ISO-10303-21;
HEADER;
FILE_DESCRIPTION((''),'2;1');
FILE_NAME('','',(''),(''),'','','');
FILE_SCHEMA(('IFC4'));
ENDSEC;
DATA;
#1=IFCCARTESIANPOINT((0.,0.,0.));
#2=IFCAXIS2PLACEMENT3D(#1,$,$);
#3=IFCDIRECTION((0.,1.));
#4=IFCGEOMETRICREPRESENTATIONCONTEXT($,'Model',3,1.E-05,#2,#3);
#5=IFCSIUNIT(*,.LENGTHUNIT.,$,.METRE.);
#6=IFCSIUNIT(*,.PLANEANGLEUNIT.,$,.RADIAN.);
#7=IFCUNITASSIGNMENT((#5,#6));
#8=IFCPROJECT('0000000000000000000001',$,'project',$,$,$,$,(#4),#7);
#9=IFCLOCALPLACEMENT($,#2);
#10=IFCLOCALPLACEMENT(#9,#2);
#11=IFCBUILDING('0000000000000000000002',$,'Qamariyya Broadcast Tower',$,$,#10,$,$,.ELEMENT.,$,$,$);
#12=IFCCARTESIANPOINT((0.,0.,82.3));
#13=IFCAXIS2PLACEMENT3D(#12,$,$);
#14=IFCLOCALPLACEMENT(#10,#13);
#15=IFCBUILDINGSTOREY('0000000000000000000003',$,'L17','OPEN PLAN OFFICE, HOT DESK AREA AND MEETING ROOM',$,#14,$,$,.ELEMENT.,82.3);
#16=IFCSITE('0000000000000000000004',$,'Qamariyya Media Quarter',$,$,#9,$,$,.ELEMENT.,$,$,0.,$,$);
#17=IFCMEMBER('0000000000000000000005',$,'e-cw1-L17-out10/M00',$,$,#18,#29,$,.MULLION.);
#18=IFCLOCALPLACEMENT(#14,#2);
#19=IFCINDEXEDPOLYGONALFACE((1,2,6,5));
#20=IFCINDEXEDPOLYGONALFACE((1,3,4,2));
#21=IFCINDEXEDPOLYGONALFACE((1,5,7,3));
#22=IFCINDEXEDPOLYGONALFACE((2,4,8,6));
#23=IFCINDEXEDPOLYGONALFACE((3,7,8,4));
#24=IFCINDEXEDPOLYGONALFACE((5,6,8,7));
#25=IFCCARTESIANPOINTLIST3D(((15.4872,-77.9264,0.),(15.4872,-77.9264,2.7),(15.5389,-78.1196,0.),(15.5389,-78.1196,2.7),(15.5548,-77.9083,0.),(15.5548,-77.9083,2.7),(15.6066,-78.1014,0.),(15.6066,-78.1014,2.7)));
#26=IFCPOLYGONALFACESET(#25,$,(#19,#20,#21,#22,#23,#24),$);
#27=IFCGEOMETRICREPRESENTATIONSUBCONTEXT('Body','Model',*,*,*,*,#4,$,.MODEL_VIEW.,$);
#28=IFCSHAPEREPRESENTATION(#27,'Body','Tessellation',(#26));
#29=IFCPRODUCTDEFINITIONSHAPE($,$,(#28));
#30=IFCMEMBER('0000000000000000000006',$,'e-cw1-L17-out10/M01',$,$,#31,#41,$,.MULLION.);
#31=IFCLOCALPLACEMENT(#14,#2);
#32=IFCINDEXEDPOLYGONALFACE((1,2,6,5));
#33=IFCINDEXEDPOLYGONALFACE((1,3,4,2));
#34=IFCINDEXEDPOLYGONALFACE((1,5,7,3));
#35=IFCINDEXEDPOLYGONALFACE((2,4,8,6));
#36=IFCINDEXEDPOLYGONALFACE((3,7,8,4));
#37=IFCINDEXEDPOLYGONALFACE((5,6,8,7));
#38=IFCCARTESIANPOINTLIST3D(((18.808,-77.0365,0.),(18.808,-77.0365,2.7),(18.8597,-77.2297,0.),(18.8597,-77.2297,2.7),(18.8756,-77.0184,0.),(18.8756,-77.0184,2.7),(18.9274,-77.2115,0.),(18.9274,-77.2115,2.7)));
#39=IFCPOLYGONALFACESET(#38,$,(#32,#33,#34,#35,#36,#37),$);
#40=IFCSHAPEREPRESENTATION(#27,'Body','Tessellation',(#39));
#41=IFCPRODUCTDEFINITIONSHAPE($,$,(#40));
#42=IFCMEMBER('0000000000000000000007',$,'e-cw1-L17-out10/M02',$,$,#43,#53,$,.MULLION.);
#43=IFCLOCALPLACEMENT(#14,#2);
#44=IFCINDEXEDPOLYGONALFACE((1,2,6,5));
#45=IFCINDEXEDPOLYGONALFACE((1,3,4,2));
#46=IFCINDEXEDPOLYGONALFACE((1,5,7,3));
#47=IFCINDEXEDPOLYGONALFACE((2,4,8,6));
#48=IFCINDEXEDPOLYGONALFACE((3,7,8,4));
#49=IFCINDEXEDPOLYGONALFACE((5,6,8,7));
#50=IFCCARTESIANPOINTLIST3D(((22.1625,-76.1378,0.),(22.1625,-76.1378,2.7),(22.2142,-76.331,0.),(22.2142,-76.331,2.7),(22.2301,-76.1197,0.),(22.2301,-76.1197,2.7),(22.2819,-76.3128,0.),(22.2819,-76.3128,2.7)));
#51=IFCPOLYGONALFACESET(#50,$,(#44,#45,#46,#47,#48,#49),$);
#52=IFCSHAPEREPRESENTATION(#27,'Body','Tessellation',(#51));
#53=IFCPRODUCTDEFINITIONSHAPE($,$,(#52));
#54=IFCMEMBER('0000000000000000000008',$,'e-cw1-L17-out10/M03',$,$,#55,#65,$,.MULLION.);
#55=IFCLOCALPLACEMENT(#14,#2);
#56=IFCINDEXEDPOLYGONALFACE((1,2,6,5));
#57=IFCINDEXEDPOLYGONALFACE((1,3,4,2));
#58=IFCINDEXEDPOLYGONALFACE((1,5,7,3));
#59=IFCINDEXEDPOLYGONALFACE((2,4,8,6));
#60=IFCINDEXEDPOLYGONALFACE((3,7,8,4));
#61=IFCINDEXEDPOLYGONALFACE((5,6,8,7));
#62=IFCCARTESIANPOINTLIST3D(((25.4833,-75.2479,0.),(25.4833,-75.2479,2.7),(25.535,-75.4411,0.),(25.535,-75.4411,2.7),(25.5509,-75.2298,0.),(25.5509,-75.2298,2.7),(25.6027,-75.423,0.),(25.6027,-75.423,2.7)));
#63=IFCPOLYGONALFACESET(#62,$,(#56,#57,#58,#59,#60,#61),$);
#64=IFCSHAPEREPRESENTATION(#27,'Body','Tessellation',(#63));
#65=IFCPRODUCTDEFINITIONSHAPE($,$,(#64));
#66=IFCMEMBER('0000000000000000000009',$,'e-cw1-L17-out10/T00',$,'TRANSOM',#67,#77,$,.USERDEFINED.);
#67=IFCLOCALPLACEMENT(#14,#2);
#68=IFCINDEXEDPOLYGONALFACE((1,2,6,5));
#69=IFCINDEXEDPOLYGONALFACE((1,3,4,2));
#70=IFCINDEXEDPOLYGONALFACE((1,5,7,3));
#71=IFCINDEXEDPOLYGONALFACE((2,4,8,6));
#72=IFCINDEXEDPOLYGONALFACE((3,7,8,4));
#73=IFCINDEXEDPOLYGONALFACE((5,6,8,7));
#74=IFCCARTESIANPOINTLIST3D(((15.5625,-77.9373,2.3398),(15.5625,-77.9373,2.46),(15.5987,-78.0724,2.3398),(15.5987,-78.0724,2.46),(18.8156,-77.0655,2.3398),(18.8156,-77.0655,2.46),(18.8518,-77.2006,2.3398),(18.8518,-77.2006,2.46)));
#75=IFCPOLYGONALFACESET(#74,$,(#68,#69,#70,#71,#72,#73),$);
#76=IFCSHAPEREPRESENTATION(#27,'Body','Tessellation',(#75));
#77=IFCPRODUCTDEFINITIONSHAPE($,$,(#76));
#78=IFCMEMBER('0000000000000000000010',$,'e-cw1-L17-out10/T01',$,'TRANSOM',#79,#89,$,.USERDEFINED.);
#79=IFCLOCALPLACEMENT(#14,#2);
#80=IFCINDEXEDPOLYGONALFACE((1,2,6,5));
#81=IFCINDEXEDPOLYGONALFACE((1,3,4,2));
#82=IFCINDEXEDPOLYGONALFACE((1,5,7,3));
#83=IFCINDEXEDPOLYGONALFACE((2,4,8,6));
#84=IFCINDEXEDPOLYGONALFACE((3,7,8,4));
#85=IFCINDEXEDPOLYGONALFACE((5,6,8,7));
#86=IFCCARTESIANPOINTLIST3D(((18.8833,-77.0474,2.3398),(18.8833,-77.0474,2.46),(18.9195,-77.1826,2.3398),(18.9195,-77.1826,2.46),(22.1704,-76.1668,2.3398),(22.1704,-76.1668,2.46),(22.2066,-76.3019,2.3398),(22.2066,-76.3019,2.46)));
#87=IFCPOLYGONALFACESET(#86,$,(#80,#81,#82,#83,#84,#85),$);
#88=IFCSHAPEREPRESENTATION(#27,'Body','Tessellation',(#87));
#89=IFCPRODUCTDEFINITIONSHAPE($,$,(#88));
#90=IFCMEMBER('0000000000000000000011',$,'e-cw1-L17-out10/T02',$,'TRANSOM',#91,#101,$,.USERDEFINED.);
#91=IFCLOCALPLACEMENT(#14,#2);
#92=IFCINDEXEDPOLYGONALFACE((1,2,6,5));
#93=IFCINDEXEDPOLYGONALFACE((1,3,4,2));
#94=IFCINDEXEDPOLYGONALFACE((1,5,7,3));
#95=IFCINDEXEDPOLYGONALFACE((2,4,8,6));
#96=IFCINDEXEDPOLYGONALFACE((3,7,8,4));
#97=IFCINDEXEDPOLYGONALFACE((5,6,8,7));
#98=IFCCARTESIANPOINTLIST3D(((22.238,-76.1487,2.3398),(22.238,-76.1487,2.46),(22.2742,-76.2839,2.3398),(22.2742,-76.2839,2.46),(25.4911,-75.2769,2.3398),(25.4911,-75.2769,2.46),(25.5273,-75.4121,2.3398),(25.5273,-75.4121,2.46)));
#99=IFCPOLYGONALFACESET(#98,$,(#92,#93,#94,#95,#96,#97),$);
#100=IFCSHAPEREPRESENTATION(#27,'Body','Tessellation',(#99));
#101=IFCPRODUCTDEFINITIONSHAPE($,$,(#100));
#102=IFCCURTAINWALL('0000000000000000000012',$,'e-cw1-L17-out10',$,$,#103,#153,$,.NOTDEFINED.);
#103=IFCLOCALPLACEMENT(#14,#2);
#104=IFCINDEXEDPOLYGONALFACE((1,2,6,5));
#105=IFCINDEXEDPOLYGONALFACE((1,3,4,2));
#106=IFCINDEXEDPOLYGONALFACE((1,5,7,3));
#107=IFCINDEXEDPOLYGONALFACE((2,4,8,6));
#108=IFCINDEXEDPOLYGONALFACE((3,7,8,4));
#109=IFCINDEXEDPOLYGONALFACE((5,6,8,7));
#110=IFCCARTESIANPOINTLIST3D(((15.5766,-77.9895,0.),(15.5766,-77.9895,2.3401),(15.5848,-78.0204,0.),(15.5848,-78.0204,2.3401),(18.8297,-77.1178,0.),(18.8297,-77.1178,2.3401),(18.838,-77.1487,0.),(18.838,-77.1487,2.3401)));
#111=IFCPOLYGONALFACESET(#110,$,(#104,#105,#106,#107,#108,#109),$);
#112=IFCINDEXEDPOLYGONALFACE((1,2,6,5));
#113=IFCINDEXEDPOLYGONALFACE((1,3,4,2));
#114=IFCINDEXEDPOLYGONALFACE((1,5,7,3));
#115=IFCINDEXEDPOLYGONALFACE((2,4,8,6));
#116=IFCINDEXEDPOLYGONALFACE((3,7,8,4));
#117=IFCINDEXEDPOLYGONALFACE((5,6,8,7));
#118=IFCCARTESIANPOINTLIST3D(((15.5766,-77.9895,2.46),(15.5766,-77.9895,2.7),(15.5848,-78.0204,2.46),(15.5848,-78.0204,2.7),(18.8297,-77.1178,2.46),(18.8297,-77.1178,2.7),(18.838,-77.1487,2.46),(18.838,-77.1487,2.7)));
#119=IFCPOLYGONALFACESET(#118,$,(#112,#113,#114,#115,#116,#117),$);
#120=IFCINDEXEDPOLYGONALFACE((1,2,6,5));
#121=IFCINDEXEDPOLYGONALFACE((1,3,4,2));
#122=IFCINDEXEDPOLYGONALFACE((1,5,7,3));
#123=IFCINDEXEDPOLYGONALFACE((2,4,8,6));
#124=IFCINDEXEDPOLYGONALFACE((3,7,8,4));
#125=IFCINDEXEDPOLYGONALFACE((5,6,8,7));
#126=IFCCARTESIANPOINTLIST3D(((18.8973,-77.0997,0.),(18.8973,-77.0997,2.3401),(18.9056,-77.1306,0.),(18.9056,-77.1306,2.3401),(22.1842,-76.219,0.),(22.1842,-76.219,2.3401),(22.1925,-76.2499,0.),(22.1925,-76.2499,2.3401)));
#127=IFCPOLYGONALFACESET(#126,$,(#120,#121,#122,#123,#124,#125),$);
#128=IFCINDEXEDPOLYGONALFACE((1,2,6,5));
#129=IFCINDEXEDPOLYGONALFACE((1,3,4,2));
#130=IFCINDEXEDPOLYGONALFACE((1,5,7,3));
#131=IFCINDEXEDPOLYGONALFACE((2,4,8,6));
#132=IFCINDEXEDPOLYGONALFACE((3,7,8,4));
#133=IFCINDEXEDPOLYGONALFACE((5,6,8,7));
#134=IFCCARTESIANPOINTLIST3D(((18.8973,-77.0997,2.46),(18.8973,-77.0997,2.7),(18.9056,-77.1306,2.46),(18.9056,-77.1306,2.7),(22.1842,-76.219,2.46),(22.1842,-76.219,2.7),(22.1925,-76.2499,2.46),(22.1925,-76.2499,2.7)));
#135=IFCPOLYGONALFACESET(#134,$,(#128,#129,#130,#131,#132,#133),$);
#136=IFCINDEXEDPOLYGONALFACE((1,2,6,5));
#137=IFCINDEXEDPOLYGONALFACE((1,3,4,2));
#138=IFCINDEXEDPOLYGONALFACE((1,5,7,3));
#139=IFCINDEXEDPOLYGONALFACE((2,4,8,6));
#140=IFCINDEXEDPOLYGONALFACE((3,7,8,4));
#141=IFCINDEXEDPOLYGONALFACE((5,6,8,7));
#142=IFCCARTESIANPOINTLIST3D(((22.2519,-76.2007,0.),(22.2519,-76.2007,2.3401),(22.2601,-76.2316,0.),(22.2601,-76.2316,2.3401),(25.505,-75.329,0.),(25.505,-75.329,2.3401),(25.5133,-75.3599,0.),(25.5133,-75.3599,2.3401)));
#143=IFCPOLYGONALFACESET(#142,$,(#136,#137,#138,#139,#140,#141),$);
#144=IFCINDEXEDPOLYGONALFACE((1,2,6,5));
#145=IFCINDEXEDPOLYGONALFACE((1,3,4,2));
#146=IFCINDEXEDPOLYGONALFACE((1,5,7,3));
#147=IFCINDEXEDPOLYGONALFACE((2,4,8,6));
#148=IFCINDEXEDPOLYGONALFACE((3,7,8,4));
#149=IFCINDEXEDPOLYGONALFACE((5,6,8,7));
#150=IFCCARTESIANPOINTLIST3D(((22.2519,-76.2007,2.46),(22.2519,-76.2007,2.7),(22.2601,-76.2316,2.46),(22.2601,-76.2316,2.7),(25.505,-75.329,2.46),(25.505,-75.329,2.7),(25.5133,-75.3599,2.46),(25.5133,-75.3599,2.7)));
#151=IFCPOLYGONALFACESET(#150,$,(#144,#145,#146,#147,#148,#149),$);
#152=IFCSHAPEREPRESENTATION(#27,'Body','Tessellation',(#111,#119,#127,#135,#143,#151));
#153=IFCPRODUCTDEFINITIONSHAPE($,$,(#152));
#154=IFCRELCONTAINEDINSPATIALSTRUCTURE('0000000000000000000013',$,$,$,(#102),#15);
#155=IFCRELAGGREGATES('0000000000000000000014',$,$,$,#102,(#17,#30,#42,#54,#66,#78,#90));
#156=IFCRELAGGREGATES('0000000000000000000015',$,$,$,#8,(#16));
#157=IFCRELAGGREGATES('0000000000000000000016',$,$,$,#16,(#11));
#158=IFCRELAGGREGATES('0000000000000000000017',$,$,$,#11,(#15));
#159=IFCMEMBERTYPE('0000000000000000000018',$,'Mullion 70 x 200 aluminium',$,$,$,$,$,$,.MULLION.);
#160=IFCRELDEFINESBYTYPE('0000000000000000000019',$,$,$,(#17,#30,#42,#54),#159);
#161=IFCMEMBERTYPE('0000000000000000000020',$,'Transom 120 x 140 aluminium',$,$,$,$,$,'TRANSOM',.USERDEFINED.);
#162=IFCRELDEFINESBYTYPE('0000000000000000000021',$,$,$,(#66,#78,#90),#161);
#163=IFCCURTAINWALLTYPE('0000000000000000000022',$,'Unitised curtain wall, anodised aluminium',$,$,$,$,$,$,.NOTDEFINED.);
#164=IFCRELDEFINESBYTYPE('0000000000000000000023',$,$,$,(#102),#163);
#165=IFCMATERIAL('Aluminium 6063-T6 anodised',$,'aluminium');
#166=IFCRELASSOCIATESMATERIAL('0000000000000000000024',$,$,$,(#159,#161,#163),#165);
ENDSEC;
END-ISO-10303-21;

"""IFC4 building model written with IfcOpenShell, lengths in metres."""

from ifc_helpers import new_model, si_unit, direction, frame, origin, origin_2d, place, context, subcontext, project, spatial, rectangle, extrude, material, material_profile, profile_set, type_object, element, aggregate, save


model = new_model("IFC4")

# Units and contexts
model_context = context("Model", 3, precision=1e-05, world=origin(), true_north=direction((0.0, 1.0)))
body_context = subcontext(model_context, "Body", "Model", "MODEL_VIEW")
ifc_project = project(units=[si_unit("LENGTHUNIT", "METRE"), si_unit("PLANEANGLEUNIT", "RADIAN")], contexts=[model_context])

# Members
ifc_material = material(Name="Aluminium 6063-T6 anodised", Category="aluminium")
ifc_material_profile_1 = material_profile(ifc_material, rectangle(XDim=0.2, YDim=0.0701, at=origin_2d()))
ifc_profile_set_1 = profile_set([ifc_material_profile_1], Name="Aluminium 6063-T6 anodised")
member_type_1 = type_object("IfcMemberType", Name="Mullion 70 x 200 aluminium", PredefinedType="MULLION", material=ifc_profile_set_1)
site_placement = place(None, origin())
building_placement = place(site_placement, origin())
storey_placement = place(building_placement, frame((0.0, 0.0, 82.3)))
member_1_placement = place(storey_placement, frame((15.5469, -78.0139, 0.0), z_axis=(0.0, 0.0, 1.0), x_axis=(-0.258819, 0.965926, 0.0)))
member_1 = element("IfcMember", 1, at=member_1_placement, type_object=member_type_1, Name="e-cw1-L17-out10/M00", PredefinedType="MULLION", context=body_context, shape_type="SweptSolid", body=[
    extrude(rectangle(XDim=0.2, YDim=0.0701, at=origin_2d()), origin(), (0.0, 0.0, 1.0), 2.7),
])
member_2_placement = place(storey_placement, frame((18.8677, -77.124, 0.0), z_axis=(0.0, 0.0, 1.0), x_axis=(-0.258819, 0.965926, 0.0)))
member_2 = element("IfcMember", 2, at=member_2_placement, type_object=member_type_1, Name="e-cw1-L17-out10/M01", PredefinedType="MULLION", context=body_context, shape_type="SweptSolid", body=[
    extrude(rectangle(XDim=0.2, YDim=0.0701, at=origin_2d()), origin(), (0.0, 0.0, 1.0), 2.7),
])
member_3_placement = place(storey_placement, frame((22.2222, -76.2253, 0.0), z_axis=(0.0, 0.0, 1.0), x_axis=(-0.258819, 0.965926, 0.0)))
member_3 = element("IfcMember", 3, at=member_3_placement, type_object=member_type_1, Name="e-cw1-L17-out10/M02", PredefinedType="MULLION", context=body_context, shape_type="SweptSolid", body=[
    extrude(rectangle(XDim=0.2, YDim=0.0701, at=origin_2d()), origin(), (0.0, 0.0, 1.0), 2.7),
])
member_4_placement = place(storey_placement, frame((25.543, -75.3354, 0.0), z_axis=(0.0, 0.0, 1.0), x_axis=(-0.258819, 0.965926, 0.0)))
member_4 = element("IfcMember", 4, at=member_4_placement, type_object=member_type_1, Name="e-cw1-L17-out10/M03", PredefinedType="MULLION", context=body_context, shape_type="SweptSolid", body=[
    extrude(rectangle(XDim=0.2, YDim=0.0701, at=origin_2d()), origin(), (0.0, 0.0, 1.0), 2.7),
])
ifc_material_profile_2 = material_profile(ifc_material, rectangle(XDim=0.1399, YDim=0.1201, at=origin_2d()))
ifc_profile_set_2 = profile_set([ifc_material_profile_2], Name="Aluminium 6063-T6 anodised")
member_type_2 = type_object("IfcMemberType", Name="Transom 120 x 140 aluminium", ElementType="TRANSOM", PredefinedType="USERDEFINED", material=ifc_profile_set_2)
member_5_placement = place(storey_placement, frame((15.5806, -78.0049, 2.3999), z_axis=(0.965915, 0.258858, 0.0), x_axis=(-0.258858, 0.965915, 0.0)))
member_5 = element("IfcMember", 5, at=member_5_placement, type_object=member_type_2, Name="e-cw1-L17-out10/T00", ObjectType="TRANSOM", PredefinedType="USERDEFINED", context=body_context, shape_type="SweptSolid", body=[
    extrude(rectangle(XDim=0.1399, YDim=0.1201, at=origin_2d()), origin(), (0.0, 0.0, 1.0), 3.3679),
])
member_6_placement = place(storey_placement, frame((18.9014, -77.115, 2.3999), z_axis=(0.965938, 0.258774, 0.0), x_axis=(-0.258774, 0.965938, 0.0)))
member_6 = element("IfcMember", 6, at=member_6_placement, type_object=member_type_2, Name="e-cw1-L17-out10/T01", ObjectType="TRANSOM", PredefinedType="USERDEFINED", context=body_context, shape_type="SweptSolid", body=[
    extrude(rectangle(XDim=0.1399, YDim=0.1201, at=origin_2d()), origin(), (0.0, 0.0, 1.0), 3.4031),
])
member_7_placement = place(storey_placement, frame((22.2561, -76.2163, 2.3999), z_axis=(0.965915, 0.258858, 0.0), x_axis=(-0.258858, 0.965915, 0.0)))
member_7 = element("IfcMember", 7, at=member_7_placement, type_object=member_type_2, Name="e-cw1-L17-out10/T02", ObjectType="TRANSOM", PredefinedType="USERDEFINED", context=body_context, shape_type="SweptSolid", body=[
    extrude(rectangle(XDim=0.1399, YDim=0.1201, at=origin_2d()), origin(), (0.0, 0.0, 1.0), 3.3679),
])

# Site, building, storey
site = spatial("IfcSite", under=ifc_project, at=site_placement, Name="Qamariyya Media Quarter", CompositionType="ELEMENT", RefElevation=0.0)
building = spatial("IfcBuilding", under=site, at=building_placement, Name="Qamariyya Broadcast Tower", CompositionType="ELEMENT")
storey = spatial("IfcBuildingStorey", under=building, at=storey_placement, Name="L17", Description="OPEN PLAN OFFICE, HOT DESK AREA AND MEETING ROOM", CompositionType="ELEMENT", Elevation=82.3)

# Curtain wall
curtain_wall_type = type_object("IfcCurtainWallType", Name="Unitised curtain wall, anodised aluminium", PredefinedType="NOTDEFINED", material=ifc_material)
curtain_wall_1_placement = place(storey_placement, origin())
curtain_wall_1 = element("IfcCurtainWall", 8, at=curtain_wall_1_placement, inside=storey, type_object=curtain_wall_type, Name="e-cw1-L17-out10", PredefinedType="NOTDEFINED", context=body_context, shape_type="SweptSolid", body=[
    extrude(rectangle(XDim=3.3679, YDim=0.032, at=origin_2d()), frame((17.2073, -77.5691, 0.0), x_axis=(0.965925, 0.258822, 0.0)), (0.0, 0.0, 1.0), 2.3401),
    extrude(rectangle(XDim=3.3679, YDim=0.032, at=origin_2d()), frame((17.2073, -77.5691, 2.46), x_axis=(0.965925, 0.258822, 0.0)), (0.0, 0.0, 1.0), 0.24),
    extrude(rectangle(XDim=3.4028, YDim=0.032, at=origin_2d()), frame((20.5449, -76.6748, 0.0), x_axis=(0.965925, 0.258822, 0.0)), (0.0, 0.0, 1.0), 2.3401),
    extrude(rectangle(XDim=3.4028, YDim=0.032, at=origin_2d()), frame((20.5449, -76.6748, 2.46), x_axis=(0.965925, 0.258822, 0.0)), (0.0, 0.0, 1.0), 0.24),
    extrude(rectangle(XDim=3.3679, YDim=0.032, at=origin_2d()), frame((23.8826, -75.7803, 0.0), x_axis=(0.965925, 0.258822, 0.0)), (0.0, 0.0, 1.0), 2.3401),
    extrude(rectangle(XDim=3.3679, YDim=0.032, at=origin_2d()), frame((23.8826, -75.7803, 2.46), x_axis=(0.965925, 0.258822, 0.0)), (0.0, 0.0, 1.0), 0.24),
])
aggregate(curtain_wall_1, [member_1, member_2, member_3, member_4, member_5, member_6, member_7])

save(model, "model.ifc")
